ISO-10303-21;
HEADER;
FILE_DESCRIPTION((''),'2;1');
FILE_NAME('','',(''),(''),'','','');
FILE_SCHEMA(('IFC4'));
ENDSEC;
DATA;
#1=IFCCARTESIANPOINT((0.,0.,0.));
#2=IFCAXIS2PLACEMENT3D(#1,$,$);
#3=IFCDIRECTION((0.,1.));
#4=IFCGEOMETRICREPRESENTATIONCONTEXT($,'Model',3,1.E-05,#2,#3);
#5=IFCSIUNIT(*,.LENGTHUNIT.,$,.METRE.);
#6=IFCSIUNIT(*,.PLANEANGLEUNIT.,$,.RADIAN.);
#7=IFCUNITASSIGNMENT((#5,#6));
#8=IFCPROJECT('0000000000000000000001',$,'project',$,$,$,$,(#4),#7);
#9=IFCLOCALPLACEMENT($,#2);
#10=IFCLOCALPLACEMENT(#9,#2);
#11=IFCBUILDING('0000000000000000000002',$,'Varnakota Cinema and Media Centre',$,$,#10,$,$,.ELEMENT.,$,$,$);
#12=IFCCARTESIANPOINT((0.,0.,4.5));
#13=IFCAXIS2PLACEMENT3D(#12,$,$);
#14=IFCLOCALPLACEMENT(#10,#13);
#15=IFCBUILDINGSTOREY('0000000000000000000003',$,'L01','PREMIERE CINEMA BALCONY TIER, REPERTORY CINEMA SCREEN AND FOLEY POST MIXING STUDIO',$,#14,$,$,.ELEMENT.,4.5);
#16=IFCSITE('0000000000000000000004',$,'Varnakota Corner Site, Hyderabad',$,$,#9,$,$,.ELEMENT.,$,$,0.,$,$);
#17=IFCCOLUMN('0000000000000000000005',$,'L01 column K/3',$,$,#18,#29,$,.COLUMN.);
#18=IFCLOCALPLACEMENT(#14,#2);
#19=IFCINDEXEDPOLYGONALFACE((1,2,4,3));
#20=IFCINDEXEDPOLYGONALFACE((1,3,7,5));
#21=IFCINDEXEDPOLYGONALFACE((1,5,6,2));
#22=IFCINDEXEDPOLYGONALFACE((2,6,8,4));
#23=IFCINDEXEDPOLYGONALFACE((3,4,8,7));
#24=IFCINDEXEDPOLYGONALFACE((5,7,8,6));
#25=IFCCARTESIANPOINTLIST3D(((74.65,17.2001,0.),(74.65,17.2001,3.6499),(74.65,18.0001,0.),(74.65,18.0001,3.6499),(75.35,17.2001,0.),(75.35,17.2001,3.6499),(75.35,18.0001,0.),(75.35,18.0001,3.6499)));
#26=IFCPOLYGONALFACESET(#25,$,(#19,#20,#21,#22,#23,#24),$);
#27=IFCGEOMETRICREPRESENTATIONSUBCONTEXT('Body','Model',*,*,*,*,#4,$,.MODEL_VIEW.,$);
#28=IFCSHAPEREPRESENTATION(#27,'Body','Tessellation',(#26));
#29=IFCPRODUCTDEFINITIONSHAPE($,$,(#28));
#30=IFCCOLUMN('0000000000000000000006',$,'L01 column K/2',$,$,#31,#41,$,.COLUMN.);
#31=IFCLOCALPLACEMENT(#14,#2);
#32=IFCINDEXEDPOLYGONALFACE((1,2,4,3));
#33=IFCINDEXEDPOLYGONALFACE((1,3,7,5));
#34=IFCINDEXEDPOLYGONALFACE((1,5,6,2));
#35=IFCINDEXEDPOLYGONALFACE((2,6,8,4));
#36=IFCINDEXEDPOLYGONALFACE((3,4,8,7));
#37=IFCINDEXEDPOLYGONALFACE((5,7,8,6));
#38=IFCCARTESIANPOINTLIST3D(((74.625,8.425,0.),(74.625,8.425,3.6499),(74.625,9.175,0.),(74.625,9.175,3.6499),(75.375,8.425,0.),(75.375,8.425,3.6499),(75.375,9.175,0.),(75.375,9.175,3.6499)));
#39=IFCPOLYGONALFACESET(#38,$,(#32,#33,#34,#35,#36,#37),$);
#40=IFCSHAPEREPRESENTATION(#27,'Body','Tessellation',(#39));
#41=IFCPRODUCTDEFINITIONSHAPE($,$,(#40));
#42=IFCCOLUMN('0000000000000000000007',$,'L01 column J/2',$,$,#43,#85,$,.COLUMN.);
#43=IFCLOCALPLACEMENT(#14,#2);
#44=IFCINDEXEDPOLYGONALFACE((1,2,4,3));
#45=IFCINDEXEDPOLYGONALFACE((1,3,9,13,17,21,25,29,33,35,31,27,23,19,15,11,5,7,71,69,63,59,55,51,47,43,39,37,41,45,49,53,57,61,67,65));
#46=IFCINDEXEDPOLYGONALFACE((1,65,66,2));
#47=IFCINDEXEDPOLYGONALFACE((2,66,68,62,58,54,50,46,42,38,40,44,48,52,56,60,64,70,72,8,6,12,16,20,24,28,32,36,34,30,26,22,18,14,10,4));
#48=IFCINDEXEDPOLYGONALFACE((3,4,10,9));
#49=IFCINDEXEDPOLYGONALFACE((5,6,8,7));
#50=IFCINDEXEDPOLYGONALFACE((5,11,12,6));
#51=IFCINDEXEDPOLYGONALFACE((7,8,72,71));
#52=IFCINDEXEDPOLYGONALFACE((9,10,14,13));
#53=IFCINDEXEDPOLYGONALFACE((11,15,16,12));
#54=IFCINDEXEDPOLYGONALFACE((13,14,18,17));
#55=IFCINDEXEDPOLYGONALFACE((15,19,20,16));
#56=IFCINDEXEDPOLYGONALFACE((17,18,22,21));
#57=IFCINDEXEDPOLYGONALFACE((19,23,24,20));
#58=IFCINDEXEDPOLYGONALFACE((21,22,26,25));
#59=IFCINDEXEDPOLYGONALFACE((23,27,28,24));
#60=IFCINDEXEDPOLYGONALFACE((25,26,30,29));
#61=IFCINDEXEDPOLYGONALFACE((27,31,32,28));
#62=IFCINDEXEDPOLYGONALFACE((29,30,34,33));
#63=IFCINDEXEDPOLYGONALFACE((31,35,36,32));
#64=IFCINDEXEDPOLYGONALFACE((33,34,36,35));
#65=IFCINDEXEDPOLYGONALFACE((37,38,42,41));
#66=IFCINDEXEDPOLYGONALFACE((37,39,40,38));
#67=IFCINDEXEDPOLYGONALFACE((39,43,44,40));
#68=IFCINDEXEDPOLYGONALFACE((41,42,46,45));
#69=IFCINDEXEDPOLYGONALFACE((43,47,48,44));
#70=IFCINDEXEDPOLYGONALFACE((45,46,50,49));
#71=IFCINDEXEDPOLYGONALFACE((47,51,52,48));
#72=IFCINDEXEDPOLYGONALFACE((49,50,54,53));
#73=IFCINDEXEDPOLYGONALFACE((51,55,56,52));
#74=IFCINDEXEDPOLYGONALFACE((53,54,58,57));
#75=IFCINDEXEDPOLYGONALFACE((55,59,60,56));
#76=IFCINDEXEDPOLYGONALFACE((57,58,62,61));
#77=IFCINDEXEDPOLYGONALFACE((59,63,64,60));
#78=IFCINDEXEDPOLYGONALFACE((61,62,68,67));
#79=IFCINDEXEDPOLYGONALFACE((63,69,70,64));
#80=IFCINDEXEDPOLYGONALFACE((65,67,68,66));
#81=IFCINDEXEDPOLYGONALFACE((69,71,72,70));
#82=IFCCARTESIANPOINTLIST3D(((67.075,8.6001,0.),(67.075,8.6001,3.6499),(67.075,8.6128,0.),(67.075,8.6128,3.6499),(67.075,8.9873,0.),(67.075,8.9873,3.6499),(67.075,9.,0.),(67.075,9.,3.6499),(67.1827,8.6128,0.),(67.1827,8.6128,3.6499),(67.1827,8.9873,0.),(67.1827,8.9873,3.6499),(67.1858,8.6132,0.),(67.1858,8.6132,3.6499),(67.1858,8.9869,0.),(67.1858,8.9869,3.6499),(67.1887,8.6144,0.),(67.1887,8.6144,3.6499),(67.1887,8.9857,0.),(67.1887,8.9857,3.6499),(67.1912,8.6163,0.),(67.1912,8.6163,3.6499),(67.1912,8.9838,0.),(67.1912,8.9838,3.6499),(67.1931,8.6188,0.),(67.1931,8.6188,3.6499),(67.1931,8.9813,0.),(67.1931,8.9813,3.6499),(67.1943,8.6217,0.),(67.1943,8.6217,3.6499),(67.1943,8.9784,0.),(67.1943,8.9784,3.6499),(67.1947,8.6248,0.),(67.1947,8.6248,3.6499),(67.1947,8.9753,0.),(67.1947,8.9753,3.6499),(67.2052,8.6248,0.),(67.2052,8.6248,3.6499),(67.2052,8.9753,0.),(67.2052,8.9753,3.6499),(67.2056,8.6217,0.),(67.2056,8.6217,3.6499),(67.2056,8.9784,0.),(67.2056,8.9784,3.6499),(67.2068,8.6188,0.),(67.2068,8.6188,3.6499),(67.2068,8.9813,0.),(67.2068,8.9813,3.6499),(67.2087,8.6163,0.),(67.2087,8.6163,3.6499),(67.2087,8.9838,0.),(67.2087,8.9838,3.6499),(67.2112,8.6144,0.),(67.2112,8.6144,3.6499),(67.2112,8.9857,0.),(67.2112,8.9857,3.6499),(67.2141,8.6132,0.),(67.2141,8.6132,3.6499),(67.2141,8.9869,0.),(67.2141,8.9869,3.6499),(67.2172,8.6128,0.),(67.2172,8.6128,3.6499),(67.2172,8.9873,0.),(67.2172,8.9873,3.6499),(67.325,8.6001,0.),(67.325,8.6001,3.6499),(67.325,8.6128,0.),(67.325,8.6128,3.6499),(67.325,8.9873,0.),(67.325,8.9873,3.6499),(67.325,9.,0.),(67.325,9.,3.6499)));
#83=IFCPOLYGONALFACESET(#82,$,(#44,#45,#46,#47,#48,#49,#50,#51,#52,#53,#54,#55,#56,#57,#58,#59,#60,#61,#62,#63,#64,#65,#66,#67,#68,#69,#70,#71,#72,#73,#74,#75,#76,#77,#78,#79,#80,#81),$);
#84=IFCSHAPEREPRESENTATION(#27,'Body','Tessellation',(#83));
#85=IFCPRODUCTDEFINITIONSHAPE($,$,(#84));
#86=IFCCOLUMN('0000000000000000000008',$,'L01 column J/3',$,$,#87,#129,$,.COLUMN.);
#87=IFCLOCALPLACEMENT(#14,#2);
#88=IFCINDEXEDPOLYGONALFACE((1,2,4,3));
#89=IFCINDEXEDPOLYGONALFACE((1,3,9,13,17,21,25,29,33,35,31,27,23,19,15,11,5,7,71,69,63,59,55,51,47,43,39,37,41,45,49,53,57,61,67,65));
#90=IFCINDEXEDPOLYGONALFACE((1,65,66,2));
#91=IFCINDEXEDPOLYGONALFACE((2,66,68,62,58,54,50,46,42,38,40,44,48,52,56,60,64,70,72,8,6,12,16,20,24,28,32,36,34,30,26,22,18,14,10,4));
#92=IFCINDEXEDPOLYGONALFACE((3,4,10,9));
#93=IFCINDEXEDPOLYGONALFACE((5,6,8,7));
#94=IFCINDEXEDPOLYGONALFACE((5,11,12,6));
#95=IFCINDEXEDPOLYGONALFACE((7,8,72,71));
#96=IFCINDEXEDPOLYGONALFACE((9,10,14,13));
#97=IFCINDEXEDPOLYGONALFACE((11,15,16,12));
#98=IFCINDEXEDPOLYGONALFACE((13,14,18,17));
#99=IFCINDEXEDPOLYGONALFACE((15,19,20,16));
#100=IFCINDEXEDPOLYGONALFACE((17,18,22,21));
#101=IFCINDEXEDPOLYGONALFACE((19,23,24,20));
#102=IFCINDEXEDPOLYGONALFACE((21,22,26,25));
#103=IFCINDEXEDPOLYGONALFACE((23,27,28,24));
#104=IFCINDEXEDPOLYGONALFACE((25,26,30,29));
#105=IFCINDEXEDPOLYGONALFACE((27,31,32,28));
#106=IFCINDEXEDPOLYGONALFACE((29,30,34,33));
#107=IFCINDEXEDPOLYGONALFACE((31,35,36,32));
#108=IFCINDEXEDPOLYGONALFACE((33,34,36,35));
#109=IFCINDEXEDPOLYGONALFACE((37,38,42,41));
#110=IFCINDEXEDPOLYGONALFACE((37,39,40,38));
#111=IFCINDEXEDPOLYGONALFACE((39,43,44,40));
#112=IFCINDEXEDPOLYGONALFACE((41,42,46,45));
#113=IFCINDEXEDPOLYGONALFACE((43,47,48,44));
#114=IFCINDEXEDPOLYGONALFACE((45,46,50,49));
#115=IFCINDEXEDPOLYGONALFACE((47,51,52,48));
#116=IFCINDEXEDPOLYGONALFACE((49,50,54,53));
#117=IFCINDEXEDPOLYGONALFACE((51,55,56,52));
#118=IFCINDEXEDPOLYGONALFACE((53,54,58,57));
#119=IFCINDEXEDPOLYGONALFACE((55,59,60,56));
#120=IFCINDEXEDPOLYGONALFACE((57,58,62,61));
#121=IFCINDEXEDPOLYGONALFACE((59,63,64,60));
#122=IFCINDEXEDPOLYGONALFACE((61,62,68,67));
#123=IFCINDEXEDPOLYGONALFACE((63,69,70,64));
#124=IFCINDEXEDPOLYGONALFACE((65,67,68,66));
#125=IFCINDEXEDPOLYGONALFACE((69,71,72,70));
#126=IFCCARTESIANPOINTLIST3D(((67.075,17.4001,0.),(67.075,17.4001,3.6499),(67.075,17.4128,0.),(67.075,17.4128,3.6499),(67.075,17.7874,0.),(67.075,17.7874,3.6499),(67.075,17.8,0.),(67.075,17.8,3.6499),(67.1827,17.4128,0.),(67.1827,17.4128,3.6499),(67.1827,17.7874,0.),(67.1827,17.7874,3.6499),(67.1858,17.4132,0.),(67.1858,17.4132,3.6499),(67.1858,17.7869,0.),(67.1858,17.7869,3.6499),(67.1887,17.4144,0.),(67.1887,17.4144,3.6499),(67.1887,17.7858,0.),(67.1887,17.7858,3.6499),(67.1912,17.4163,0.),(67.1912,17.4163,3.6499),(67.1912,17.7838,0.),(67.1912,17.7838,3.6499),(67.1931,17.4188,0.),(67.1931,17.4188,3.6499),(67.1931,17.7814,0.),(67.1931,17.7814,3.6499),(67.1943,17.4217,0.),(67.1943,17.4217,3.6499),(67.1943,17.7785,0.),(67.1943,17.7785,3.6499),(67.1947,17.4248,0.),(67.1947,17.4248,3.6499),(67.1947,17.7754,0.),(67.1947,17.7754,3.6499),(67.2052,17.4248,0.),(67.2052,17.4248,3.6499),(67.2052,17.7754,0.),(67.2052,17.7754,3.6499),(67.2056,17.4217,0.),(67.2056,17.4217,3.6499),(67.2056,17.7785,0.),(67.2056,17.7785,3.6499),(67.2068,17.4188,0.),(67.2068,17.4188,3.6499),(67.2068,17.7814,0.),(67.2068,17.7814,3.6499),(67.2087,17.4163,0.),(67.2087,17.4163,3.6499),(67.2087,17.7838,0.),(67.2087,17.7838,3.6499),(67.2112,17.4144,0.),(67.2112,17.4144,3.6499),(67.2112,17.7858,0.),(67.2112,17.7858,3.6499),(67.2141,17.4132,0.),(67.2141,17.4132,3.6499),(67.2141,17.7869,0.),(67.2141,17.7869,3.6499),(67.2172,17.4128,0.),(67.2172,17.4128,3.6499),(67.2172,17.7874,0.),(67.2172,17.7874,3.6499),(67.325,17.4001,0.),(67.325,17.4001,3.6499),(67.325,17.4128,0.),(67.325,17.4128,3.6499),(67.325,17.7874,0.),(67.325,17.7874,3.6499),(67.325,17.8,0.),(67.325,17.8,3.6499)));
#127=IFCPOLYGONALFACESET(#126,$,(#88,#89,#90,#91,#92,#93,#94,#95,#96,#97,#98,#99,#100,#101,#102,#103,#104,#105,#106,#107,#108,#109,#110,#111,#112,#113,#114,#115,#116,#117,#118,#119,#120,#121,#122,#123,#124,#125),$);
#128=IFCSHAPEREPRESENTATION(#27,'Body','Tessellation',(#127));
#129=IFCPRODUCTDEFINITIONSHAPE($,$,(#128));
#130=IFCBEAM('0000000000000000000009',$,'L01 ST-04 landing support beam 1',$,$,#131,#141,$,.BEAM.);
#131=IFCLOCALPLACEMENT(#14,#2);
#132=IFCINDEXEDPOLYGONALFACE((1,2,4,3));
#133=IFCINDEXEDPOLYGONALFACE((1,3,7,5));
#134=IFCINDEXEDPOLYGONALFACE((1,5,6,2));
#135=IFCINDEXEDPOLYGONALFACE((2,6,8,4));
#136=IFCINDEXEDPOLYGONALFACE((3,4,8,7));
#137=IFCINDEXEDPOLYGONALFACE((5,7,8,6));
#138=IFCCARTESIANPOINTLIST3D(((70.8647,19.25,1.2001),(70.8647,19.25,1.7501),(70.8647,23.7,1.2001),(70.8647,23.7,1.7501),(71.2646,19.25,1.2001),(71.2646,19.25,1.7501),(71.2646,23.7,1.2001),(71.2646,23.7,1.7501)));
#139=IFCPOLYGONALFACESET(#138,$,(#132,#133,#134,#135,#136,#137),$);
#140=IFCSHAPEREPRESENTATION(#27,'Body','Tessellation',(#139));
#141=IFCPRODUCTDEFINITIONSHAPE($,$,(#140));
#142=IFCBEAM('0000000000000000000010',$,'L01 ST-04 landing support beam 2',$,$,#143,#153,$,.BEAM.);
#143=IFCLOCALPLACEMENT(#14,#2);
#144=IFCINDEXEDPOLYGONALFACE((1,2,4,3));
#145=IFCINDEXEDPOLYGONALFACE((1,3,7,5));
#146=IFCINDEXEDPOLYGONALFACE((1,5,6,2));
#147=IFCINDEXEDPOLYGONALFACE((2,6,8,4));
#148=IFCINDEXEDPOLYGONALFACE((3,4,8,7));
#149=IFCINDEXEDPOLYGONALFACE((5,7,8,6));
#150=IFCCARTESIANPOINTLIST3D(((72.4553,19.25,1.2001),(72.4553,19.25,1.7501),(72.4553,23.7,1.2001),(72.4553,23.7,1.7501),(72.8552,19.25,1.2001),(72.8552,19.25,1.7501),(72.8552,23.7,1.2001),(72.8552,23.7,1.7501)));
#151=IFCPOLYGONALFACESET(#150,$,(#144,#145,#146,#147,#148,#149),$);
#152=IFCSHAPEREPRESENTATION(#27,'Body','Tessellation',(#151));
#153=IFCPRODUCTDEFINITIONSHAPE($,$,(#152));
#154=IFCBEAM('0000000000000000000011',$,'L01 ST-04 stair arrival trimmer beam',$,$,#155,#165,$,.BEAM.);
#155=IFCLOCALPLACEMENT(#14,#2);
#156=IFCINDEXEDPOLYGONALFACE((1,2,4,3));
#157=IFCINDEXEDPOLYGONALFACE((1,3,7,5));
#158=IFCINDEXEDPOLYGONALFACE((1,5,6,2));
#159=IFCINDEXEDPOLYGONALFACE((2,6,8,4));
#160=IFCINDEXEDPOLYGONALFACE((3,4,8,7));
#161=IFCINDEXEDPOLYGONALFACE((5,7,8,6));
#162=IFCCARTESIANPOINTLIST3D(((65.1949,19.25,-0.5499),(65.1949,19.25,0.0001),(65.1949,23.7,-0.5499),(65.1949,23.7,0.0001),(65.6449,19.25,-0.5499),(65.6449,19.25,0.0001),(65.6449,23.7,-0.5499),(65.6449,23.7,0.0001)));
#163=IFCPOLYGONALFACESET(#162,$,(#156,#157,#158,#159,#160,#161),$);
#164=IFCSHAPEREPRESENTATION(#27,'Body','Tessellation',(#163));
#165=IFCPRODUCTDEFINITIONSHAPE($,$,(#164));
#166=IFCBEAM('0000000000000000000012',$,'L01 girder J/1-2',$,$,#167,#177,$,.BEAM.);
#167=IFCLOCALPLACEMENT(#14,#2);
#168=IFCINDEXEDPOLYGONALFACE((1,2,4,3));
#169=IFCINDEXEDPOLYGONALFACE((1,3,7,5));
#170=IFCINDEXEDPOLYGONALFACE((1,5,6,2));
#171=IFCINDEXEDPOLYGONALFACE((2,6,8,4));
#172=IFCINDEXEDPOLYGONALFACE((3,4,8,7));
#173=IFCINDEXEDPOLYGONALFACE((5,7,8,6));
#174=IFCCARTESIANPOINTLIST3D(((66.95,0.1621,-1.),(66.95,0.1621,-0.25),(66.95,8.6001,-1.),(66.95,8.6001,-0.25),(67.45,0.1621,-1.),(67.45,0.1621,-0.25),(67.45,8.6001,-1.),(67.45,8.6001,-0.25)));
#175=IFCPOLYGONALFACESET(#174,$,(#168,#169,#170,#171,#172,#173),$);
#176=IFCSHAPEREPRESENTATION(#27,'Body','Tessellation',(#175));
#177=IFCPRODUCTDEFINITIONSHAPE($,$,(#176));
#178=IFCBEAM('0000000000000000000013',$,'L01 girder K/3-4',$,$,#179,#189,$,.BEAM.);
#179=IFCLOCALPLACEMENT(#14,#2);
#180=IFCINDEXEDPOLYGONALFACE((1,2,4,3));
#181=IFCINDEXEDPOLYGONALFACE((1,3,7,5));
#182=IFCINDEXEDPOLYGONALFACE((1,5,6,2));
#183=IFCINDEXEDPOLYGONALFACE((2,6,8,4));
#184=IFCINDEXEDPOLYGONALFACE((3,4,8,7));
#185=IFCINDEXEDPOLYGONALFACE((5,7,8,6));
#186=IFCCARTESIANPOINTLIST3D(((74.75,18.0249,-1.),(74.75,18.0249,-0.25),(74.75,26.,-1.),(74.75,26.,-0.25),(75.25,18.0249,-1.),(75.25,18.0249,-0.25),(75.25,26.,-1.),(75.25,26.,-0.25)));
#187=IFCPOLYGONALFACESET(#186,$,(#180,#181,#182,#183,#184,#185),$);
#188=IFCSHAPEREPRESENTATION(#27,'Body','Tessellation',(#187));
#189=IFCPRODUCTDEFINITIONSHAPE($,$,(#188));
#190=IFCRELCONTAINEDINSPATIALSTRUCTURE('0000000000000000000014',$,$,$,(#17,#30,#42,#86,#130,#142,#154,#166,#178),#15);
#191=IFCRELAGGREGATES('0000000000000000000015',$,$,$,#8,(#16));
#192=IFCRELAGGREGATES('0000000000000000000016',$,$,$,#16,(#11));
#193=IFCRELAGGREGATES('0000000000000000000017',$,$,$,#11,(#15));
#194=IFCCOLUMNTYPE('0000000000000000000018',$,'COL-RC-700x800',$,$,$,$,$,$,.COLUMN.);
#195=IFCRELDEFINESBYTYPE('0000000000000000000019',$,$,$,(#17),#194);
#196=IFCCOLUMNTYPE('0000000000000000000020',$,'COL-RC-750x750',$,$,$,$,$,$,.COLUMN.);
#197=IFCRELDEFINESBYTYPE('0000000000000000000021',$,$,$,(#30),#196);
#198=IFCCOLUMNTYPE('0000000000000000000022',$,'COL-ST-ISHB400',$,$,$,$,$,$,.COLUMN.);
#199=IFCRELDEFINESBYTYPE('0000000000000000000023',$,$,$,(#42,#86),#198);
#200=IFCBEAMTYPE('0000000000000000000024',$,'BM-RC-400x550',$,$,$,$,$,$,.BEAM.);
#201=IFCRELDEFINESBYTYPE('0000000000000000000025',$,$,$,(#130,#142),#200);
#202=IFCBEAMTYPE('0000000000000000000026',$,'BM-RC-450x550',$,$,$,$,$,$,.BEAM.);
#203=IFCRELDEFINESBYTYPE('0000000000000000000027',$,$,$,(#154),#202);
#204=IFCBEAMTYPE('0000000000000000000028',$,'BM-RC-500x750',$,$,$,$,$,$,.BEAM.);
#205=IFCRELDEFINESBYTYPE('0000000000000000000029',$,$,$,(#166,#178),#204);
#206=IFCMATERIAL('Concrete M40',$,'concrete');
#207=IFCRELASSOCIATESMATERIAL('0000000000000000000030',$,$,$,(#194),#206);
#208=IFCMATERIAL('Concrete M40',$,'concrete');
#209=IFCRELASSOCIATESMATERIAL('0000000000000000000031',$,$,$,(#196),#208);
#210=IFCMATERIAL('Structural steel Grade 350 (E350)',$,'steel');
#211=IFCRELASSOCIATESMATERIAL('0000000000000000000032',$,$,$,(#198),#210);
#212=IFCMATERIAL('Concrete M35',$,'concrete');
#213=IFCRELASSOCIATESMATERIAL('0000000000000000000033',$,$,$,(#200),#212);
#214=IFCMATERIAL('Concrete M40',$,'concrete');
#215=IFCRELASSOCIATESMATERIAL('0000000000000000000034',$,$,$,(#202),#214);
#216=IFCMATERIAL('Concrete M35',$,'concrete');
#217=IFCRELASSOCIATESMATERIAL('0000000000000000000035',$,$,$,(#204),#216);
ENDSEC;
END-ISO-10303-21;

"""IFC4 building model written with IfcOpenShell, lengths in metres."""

from ifc_helpers import new_model, si_unit, direction, frame, origin, origin_2d, place, context, subcontext, project, spatial, rectangle, i_section, extrude, material, material_profile, profile_set, type_object, element, save


model = new_model("IFC4")

# Units and contexts
model_context = context("Model", 3, precision=1e-05, world=origin(), true_north=direction((0.0, 1.0)))
body_context = subcontext(model_context, "Body", "Model", "MODEL_VIEW")
ifc_project = project(units=[si_unit("LENGTHUNIT", "METRE"), si_unit("PLANEANGLEUNIT", "RADIAN")], contexts=[model_context])

# Site, building, storey
site_placement = place(None, origin())
site = spatial("IfcSite", under=ifc_project, at=site_placement, Name="Varnakota Corner Site, Hyderabad", CompositionType="ELEMENT", RefElevation=0.0)
building_placement = place(site_placement, origin())
building = spatial("IfcBuilding", under=site, at=building_placement, Name="Varnakota Cinema and Media Centre", CompositionType="ELEMENT")
storey_placement = place(building_placement, frame((0.0, 0.0, 4.5)))
storey = spatial("IfcBuildingStorey", under=building, at=storey_placement, Name="L01", Description="PREMIERE CINEMA BALCONY TIER, REPERTORY CINEMA SCREEN AND FOLEY POST MIXING STUDIO", CompositionType="ELEMENT", Elevation=4.5)

# Columns
ifc_material_1 = material(Name="Concrete M40", Category="concrete")
ifc_material_profile_1 = material_profile(ifc_material_1, rectangle(XDim=0.7, YDim=0.8, at=origin_2d()), Name="RC 700x800")
ifc_profile_set_1 = profile_set([ifc_material_profile_1], Name="Concrete M40")
column_type_1 = type_object("IfcColumnType", Name="COL-RC-700x800", PredefinedType="COLUMN", material=ifc_profile_set_1)
column_1_placement = place(storey_placement, frame((75.0, 17.6001, 0.0), z_axis=(0.0, 0.0, 1.0), x_axis=(1.0, 0.0, 0.0)))
element("IfcColumn", 1, at=column_1_placement, inside=storey, type_object=column_type_1, Name="L01 column K/3", PredefinedType="COLUMN", context=body_context, shape_type="SweptSolid", body=[
    extrude(rectangle(XDim=0.7, YDim=0.8, at=origin_2d()), origin(), (0.0, 0.0, 1.0), 3.6499),
])
ifc_material_2 = material(Name="Concrete M40", Category="concrete")
ifc_material_profile_2 = material_profile(ifc_material_2, rectangle(XDim=0.75, YDim=0.75, at=origin_2d()), Name="RC 750x750")
ifc_profile_set_2 = profile_set([ifc_material_profile_2], Name="Concrete M40")
column_type_2 = type_object("IfcColumnType", Name="COL-RC-750x750", PredefinedType="COLUMN", material=ifc_profile_set_2)
column_2_placement = place(storey_placement, frame((75.0, 8.8, 0.0), z_axis=(0.0, 0.0, 1.0), x_axis=(1.0, 0.0, 0.0)))
element("IfcColumn", 2, at=column_2_placement, inside=storey, type_object=column_type_2, Name="L01 column K/2", PredefinedType="COLUMN", context=body_context, shape_type="SweptSolid", body=[
    extrude(rectangle(XDim=0.75, YDim=0.75, at=origin_2d()), origin(), (0.0, 0.0, 1.0), 3.6499),
])
ifc_material_3 = material(Name="Structural steel Grade 350 (E350)", Category="steel")
ifc_material_profile_3 = material_profile(ifc_material_3, i_section(OverallWidth=0.25, OverallDepth=0.3999, WebThickness=0.0105, FlangeThickness=0.0127, FilletRadius=0.012, at=origin_2d()), Name="ISHB 400")
ifc_profile_set_3 = profile_set([ifc_material_profile_3], Name="Structural steel Grade 350 (E350)")
column_type_3 = type_object("IfcColumnType", Name="COL-ST-ISHB400", PredefinedType="COLUMN", material=ifc_profile_set_3)
for number, where, z_axis, x_axis, name in (
    (3, (67.2, 8.8, 0.0), (0.0, 0.0, 1.0), (1.0, 0.0, 0.0), "L01 column J/2"),
    (4, (67.2, 17.6001, 0.0), (0.0, 0.0, 1.0), (1.0, 0.0, 0.0), "L01 column J/3"),
):
    element("IfcColumn", number, at=place(storey_placement, frame(where, z_axis=z_axis, x_axis=x_axis)), inside=storey, type_object=column_type_3, Name=name, PredefinedType="COLUMN", context=body_context, shape_type="SweptSolid", body=[
        extrude(i_section(OverallWidth=0.25, OverallDepth=0.3999, WebThickness=0.0105, FlangeThickness=0.0127, FilletRadius=0.012, at=origin_2d()), origin(), (0.0, 0.0, 1.0), 3.6499),
    ])

# Beams
ifc_material_4 = material(Name="Concrete M35", Category="concrete")
ifc_material_profile_4 = material_profile(ifc_material_4, rectangle(XDim=0.3999, YDim=0.55, at=origin_2d()), Name="RCB 400x550")
ifc_profile_set_4 = profile_set([ifc_material_profile_4], Name="Concrete M35")
beam_type_1 = type_object("IfcBeamType", Name="BM-RC-400x550", PredefinedType="BEAM", material=ifc_profile_set_4)
for number, where, z_axis, x_axis, name in (
    (5, (71.0647, 19.25, 1.4751), (0.0, 1.0, 0.0), (-1.0, 0.0, 0.0), "L01 ST-04 landing support beam 1"),
    (6, (72.6553, 19.25, 1.4751), (0.0, 1.0, 0.0), (-1.0, 0.0, 0.0), "L01 ST-04 landing support beam 2"),
):
    element("IfcBeam", number, at=place(storey_placement, frame(where, z_axis=z_axis, x_axis=x_axis)), inside=storey, type_object=beam_type_1, Name=name, PredefinedType="BEAM", context=body_context, shape_type="SweptSolid", body=[
        extrude(rectangle(XDim=0.3999, YDim=0.55, at=origin_2d()), origin(), (0.0, 0.0, 1.0), 4.45),
    ])
ifc_material_5 = material(Name="Concrete M40", Category="concrete")
ifc_material_profile_5 = material_profile(ifc_material_5, rectangle(XDim=0.45, YDim=0.55, at=origin_2d()), Name="RCB 450x550")
ifc_profile_set_5 = profile_set([ifc_material_profile_5], Name="Concrete M40")
beam_type_2 = type_object("IfcBeamType", Name="BM-RC-450x550", PredefinedType="BEAM", material=ifc_profile_set_5)
beam_1_placement = place(storey_placement, frame((65.4199, 19.25, -0.2749), z_axis=(0.0, 1.0, 0.0), x_axis=(-1.0, 0.0, 0.0)))
element("IfcBeam", 7, at=beam_1_placement, inside=storey, type_object=beam_type_2, Name="L01 ST-04 stair arrival trimmer beam", PredefinedType="BEAM", context=body_context, shape_type="SweptSolid", body=[
    extrude(rectangle(XDim=0.45, YDim=0.55, at=origin_2d()), origin(), (0.0, 0.0, 1.0), 4.45),
])
ifc_material_6 = material(Name="Concrete M35", Category="concrete")
ifc_material_profile_6 = material_profile(ifc_material_6, rectangle(XDim=0.5, YDim=0.75, at=origin_2d()), Name="RCB 500x750")
ifc_profile_set_6 = profile_set([ifc_material_profile_6], Name="Concrete M35")
beam_type_3 = type_object("IfcBeamType", Name="BM-RC-500x750", PredefinedType="BEAM", material=ifc_profile_set_6)
beam_2_placement = place(storey_placement, frame((67.2, 0.1621, -0.625), z_axis=(0.0, 1.0, 0.0), x_axis=(-1.0, 0.0, 0.0)))
element("IfcBeam", 8, at=beam_2_placement, inside=storey, type_object=beam_type_3, Name="L01 girder J/1-2", PredefinedType="BEAM", context=body_context, shape_type="SweptSolid", body=[
    extrude(rectangle(XDim=0.5, YDim=0.75, at=origin_2d()), origin(), (0.0, 0.0, 1.0), 8.438),
])
beam_3_placement = place(storey_placement, frame((75.0, 18.0249, -0.625), z_axis=(0.0, 1.0, 0.0), x_axis=(-1.0, 0.0, 0.0)))
element("IfcBeam", 9, at=beam_3_placement, inside=storey, type_object=beam_type_3, Name="L01 girder K/3-4", PredefinedType="BEAM", context=body_context, shape_type="SweptSolid", body=[
    extrude(rectangle(XDim=0.5, YDim=0.75, at=origin_2d()), origin(), (0.0, 0.0, 1.0), 7.9751),
])

save(model, "model.ifc")
